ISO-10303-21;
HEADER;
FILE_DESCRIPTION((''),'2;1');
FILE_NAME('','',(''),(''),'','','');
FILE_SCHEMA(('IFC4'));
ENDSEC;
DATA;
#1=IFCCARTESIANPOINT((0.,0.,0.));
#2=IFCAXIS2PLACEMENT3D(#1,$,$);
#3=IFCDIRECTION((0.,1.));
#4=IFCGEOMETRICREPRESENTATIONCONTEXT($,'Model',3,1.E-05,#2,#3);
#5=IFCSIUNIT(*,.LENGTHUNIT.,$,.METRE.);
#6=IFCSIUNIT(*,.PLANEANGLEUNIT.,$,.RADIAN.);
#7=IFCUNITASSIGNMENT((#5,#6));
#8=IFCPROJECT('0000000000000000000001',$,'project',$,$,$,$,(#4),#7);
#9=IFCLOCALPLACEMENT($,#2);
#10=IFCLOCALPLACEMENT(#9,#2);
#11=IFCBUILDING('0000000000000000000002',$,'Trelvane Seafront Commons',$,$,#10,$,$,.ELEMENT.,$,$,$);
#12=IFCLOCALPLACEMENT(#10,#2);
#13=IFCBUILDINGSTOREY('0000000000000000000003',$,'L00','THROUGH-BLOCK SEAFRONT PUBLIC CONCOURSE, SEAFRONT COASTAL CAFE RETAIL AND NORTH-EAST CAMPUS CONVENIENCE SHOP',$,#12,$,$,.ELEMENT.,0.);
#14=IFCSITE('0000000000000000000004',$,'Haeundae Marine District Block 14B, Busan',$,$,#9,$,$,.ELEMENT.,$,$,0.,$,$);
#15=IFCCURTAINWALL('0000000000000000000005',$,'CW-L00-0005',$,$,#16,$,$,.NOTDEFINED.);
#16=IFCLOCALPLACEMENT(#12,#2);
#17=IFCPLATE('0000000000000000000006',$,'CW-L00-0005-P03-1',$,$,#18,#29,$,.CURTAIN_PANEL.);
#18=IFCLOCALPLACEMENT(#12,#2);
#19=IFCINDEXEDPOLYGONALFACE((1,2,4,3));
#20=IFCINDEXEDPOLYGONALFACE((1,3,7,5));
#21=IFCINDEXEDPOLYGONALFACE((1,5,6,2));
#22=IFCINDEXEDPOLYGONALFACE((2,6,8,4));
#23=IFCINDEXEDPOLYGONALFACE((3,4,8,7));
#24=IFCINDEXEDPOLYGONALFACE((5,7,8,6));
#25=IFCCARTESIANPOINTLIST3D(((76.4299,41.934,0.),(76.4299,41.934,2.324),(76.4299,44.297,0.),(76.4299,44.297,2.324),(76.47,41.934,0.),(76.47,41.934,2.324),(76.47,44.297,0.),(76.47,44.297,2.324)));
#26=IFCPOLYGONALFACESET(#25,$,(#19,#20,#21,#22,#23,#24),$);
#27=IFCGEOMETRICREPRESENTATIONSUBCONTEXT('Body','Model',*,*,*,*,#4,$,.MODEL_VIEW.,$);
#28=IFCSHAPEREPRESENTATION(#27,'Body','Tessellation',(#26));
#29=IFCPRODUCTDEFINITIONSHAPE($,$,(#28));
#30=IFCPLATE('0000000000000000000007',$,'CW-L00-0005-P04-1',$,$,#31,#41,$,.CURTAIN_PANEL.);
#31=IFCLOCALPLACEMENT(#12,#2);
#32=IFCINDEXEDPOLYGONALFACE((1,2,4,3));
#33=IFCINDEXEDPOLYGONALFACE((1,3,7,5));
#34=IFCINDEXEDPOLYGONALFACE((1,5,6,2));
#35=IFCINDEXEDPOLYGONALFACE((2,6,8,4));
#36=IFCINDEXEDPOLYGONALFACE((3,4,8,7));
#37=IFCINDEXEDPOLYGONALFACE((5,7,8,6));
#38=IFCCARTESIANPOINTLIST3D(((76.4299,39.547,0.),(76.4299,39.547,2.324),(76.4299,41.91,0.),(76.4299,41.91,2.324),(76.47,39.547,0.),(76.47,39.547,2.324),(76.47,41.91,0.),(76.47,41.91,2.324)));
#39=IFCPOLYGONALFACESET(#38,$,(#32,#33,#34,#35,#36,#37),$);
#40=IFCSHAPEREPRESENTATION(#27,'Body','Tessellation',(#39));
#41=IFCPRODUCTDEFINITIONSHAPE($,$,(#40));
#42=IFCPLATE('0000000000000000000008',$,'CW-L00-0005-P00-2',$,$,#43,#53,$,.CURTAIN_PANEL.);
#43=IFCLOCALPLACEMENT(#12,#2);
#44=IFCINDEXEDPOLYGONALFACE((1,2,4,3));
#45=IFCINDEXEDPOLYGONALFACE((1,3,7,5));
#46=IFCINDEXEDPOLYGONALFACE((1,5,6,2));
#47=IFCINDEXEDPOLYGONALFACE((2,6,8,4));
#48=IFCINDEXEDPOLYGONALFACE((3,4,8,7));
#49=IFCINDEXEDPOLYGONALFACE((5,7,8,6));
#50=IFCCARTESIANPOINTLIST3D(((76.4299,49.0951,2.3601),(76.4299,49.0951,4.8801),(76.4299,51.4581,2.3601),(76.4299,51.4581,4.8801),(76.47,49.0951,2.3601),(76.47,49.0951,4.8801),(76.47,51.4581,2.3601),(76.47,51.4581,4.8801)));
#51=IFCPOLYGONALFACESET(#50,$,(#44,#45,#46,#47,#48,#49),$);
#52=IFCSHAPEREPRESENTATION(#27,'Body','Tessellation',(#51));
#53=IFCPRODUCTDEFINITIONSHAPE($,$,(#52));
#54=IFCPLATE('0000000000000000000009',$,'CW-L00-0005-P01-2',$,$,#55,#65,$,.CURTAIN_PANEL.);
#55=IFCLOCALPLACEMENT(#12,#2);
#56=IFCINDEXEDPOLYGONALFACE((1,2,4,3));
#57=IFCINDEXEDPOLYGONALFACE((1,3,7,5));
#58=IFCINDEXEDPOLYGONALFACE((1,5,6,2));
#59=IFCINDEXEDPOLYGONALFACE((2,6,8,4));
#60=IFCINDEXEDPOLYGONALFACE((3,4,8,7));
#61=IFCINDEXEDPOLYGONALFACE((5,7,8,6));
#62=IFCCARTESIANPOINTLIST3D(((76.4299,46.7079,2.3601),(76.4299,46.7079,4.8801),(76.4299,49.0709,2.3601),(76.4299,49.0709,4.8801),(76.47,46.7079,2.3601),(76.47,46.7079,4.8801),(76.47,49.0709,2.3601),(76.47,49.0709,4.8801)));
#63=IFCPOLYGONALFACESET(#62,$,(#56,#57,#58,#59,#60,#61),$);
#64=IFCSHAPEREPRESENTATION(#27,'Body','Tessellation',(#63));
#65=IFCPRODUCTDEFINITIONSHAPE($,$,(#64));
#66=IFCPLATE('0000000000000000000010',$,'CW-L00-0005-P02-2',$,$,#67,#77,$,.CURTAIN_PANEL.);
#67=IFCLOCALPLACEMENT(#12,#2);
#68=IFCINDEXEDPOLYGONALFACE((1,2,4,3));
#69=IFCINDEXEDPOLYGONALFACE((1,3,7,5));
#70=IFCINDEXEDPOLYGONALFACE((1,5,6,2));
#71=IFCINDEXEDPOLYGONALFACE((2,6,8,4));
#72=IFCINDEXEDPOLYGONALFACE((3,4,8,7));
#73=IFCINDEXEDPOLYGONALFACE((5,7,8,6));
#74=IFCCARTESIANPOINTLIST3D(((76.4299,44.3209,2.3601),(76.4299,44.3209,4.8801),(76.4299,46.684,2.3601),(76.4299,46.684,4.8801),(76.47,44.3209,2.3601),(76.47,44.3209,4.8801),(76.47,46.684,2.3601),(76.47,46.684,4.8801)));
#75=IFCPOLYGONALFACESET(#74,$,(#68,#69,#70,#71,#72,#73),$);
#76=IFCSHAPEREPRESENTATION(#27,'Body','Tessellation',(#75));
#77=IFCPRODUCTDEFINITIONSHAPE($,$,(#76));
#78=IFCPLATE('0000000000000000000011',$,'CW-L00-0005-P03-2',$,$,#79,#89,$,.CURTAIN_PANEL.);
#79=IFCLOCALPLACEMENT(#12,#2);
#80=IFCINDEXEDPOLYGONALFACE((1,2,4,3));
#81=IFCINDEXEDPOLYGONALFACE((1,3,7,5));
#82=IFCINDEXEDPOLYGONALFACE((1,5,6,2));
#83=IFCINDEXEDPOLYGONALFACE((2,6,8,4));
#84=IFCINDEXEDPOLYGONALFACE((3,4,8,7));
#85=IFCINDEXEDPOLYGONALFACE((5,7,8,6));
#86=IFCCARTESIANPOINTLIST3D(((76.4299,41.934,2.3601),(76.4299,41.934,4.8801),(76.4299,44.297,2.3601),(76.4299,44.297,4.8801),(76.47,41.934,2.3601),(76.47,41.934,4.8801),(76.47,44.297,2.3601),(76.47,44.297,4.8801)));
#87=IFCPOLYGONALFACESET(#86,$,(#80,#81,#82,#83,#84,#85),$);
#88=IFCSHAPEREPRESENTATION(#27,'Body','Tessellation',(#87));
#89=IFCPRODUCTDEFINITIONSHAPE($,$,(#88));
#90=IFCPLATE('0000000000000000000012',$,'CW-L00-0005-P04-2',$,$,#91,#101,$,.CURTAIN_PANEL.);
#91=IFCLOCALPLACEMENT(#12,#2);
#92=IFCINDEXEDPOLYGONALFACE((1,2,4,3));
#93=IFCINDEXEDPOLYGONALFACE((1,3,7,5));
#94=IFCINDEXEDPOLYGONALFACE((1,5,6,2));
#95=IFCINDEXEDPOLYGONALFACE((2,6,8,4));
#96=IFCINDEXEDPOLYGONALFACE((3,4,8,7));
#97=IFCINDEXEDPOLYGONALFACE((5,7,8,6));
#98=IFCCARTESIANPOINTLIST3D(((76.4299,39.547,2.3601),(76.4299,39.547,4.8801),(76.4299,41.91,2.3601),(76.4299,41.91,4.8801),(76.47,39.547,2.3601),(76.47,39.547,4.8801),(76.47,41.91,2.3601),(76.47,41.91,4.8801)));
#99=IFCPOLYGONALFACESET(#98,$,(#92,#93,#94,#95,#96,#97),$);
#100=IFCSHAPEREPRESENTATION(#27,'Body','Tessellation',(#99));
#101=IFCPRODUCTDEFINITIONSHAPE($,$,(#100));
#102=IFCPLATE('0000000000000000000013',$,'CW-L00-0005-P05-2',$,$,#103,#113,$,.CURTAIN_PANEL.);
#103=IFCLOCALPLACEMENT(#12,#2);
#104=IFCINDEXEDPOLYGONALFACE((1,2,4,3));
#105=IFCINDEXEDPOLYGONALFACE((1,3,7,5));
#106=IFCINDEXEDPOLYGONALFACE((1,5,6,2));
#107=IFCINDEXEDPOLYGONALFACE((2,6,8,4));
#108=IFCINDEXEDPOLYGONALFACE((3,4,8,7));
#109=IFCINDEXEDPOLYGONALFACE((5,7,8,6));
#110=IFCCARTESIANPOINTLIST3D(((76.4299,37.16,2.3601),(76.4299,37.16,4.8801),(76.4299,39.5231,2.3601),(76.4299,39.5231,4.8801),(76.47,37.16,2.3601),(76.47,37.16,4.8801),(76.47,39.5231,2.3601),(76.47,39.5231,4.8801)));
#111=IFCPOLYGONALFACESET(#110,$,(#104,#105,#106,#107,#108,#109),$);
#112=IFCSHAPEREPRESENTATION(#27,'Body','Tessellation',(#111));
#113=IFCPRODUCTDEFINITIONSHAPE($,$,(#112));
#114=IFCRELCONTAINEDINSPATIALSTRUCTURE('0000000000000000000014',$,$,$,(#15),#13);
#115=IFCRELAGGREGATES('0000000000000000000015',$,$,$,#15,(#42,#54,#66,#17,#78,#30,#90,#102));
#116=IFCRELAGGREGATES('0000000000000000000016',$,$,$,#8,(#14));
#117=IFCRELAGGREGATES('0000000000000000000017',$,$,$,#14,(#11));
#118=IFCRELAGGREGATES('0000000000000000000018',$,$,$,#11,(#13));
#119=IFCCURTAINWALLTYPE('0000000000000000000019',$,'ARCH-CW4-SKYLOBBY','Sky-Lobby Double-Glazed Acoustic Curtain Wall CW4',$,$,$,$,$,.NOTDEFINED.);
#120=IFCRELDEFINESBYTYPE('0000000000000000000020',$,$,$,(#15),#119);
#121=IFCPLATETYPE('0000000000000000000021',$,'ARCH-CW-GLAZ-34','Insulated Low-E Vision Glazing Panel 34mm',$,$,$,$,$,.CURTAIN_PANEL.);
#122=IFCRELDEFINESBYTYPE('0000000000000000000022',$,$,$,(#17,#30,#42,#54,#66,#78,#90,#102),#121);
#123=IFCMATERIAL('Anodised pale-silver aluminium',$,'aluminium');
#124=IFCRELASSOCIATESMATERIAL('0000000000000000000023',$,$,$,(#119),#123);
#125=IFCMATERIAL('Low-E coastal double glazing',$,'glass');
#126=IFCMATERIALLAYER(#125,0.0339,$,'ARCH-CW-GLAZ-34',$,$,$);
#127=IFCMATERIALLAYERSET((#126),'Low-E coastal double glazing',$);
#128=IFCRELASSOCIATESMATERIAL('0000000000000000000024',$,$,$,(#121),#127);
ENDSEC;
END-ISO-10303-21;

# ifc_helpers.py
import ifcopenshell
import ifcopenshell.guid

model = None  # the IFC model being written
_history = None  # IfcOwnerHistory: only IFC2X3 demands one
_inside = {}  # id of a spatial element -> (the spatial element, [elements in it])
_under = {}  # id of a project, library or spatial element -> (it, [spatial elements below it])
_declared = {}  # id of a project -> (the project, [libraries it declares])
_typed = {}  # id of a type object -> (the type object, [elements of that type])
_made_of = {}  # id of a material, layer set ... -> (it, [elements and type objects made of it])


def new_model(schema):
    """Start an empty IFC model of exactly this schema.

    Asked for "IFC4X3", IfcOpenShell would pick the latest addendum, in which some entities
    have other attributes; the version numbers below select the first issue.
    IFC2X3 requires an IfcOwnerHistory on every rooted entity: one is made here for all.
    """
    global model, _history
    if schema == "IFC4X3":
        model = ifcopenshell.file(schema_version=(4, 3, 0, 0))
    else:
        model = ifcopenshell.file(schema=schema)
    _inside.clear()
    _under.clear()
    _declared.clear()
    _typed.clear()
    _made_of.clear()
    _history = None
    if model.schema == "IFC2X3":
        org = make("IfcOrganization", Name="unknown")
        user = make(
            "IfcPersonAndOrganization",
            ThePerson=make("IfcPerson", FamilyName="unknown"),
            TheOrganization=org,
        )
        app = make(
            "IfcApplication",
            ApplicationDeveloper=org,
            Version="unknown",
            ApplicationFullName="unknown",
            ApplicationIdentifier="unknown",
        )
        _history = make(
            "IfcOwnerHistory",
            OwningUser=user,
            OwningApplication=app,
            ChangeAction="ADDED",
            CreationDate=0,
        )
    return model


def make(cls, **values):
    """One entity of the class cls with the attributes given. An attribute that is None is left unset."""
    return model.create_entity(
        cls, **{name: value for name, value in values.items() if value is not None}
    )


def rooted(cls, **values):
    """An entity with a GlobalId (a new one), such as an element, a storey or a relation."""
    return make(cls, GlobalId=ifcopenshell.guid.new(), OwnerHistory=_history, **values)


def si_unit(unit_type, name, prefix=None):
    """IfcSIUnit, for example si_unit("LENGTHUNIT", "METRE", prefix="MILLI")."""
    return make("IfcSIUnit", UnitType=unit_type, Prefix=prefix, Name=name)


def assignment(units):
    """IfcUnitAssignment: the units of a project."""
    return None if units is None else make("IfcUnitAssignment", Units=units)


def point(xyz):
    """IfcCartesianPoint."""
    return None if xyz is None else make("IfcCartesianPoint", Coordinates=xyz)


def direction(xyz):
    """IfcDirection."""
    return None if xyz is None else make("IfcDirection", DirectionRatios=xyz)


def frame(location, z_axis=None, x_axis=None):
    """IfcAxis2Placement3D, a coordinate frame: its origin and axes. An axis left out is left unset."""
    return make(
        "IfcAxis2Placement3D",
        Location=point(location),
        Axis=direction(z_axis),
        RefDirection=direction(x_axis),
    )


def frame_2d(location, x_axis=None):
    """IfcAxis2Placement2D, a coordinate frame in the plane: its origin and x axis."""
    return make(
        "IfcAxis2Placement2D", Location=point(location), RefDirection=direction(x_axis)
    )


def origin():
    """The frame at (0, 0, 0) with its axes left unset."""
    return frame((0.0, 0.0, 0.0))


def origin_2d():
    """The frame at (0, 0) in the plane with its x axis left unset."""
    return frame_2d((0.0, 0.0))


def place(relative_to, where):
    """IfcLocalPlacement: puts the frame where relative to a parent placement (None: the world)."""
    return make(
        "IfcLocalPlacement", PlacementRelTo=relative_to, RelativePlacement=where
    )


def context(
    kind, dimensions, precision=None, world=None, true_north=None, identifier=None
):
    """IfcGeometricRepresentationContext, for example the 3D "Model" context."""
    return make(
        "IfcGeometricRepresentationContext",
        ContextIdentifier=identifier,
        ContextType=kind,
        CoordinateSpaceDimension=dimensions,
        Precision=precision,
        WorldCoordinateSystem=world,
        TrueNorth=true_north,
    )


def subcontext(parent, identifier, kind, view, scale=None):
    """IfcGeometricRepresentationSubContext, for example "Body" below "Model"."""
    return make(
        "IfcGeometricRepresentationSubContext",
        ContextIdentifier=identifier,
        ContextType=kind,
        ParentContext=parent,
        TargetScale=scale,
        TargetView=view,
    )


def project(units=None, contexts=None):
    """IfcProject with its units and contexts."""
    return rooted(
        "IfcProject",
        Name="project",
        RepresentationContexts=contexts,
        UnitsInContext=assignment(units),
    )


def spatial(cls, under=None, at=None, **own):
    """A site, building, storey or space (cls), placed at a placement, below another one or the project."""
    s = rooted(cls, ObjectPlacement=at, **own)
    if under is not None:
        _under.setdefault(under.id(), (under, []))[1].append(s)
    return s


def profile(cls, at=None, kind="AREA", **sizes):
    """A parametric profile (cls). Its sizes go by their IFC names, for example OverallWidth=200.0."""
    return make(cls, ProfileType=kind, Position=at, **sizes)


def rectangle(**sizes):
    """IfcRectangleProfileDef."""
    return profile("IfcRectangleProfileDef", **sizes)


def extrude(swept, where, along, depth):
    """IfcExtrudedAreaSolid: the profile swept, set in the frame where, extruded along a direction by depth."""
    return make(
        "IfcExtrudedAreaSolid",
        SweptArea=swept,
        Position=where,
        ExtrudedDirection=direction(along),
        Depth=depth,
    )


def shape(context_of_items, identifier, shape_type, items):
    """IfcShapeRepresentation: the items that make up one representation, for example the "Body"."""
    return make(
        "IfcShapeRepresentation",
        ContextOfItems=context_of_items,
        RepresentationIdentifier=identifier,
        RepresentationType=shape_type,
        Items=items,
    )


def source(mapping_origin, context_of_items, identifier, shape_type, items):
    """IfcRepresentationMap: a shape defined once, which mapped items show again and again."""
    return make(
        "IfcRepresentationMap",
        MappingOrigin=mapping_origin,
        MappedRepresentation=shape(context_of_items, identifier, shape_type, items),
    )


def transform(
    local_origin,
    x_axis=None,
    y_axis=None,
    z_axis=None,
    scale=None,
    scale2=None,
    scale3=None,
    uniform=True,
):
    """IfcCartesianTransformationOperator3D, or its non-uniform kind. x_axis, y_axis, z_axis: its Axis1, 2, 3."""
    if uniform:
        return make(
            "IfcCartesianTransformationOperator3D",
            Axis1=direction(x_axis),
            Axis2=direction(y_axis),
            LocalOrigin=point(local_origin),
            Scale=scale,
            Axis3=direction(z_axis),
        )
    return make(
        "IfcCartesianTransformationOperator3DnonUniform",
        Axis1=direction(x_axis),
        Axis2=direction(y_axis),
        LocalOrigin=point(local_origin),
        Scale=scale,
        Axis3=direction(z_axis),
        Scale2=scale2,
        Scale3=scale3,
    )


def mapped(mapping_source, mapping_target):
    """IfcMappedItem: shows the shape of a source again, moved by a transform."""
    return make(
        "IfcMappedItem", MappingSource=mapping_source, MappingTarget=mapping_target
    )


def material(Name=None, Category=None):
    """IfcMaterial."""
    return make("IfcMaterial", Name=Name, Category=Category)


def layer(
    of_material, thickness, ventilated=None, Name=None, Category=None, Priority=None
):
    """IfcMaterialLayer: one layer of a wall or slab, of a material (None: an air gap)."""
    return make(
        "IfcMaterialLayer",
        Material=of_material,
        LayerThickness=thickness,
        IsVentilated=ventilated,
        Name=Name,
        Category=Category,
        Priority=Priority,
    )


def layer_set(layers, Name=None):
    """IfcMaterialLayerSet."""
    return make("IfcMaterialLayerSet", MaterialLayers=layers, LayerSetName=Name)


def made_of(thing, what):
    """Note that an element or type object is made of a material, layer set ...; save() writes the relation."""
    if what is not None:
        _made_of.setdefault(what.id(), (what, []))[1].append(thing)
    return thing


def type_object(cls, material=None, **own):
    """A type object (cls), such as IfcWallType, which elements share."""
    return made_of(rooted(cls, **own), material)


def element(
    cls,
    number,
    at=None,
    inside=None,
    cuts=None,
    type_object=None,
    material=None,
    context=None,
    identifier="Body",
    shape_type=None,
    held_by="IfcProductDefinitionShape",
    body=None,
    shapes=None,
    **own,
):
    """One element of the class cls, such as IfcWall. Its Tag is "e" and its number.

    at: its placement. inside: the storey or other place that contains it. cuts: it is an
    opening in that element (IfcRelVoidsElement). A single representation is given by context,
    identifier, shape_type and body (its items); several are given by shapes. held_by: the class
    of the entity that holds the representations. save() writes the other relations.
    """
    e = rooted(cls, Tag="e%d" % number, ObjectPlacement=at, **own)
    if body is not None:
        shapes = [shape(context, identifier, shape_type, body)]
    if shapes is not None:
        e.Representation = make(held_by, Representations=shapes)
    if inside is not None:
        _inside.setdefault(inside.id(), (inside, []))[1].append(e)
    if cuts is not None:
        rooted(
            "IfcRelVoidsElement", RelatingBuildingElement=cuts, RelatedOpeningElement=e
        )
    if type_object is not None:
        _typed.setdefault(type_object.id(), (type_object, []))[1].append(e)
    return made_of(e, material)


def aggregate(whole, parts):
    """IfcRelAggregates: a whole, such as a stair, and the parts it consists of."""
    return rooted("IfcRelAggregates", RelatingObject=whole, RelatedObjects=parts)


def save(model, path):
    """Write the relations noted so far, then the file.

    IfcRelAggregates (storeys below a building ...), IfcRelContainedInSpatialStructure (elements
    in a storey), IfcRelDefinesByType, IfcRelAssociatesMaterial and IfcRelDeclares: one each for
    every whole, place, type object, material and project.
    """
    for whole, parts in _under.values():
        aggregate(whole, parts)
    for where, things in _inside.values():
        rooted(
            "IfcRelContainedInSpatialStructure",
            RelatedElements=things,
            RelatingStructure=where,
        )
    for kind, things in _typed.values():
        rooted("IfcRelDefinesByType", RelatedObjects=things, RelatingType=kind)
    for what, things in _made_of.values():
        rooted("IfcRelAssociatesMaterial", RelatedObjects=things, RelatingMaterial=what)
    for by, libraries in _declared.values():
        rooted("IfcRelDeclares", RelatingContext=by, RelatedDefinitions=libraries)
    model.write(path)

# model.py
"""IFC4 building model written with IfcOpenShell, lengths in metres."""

from ifc_helpers import new_model, si_unit, direction, frame, origin, origin_2d, place, context, subcontext, project, spatial, rectangle, extrude, source, transform, mapped, material, layer, layer_set, type_object, element, aggregate, save


model = new_model("IFC4")

# Units and contexts
model_context = context("Model", 3, precision=1e-05, world=origin(), true_north=direction((0.0, 1.0)))
body_context = subcontext(model_context, "Body", "Model", "MODEL_VIEW")
ifc_project = project(units=[si_unit("LENGTHUNIT", "METRE"), si_unit("PLANEANGLEUNIT", "RADIAN")], contexts=[model_context])

# Site, building, storey
site_placement = place(None, origin())
site = spatial("IfcSite", under=ifc_project, at=site_placement, Name="Haeundae Marine District Block 14B, Busan", CompositionType="ELEMENT", RefElevation=0.0)
building_placement = place(site_placement, origin())
building = spatial("IfcBuilding", under=site, at=building_placement, Name="Trelvane Seafront Commons", CompositionType="ELEMENT")
storey_placement = place(building_placement, origin())
storey = spatial("IfcBuildingStorey", under=building, at=storey_placement, Name="L00", Description="THROUGH-BLOCK SEAFRONT PUBLIC CONCOURSE, SEAFRONT COASTAL CAFE RETAIL AND NORTH-EAST CAMPUS CONVENIENCE SHOP", CompositionType="ELEMENT", Elevation=0.0)

# Curtain wall, plates
ifc_material_1 = material(Name="Anodised pale-silver aluminium", Category="aluminium")
curtain_wall_type = type_object("IfcCurtainWallType", Name="ARCH-CW4-SKYLOBBY", Description="Sky-Lobby Double-Glazed Acoustic Curtain Wall CW4", PredefinedType="NOTDEFINED", material=ifc_material_1)
curtain_wall_placement = place(storey_placement, origin())
curtain_wall = element("IfcCurtainWall", 1, at=curtain_wall_placement, inside=storey, type_object=curtain_wall_type, Name="CW-L00-0005", PredefinedType="NOTDEFINED")
ifc_material_2 = material(Name="Low-E coastal double glazing", Category="glass")
ifc_layer = layer(ifc_material_2, 0.0339, Name="ARCH-CW-GLAZ-34")
ifc_layer_set = layer_set([ifc_layer], Name="Low-E coastal double glazing")
plate_type = type_object("IfcPlateType", Name="ARCH-CW-GLAZ-34", Description="Insulated Low-E Vision Glazing Panel 34mm", PredefinedType="CURTAIN_PANEL", material=ifc_layer_set)
shared_shape_1 = source(origin(), body_context, "Body", "SweptSolid", [
    extrude(rectangle(XDim=2.363, YDim=0.04, at=origin_2d()), origin(), (0.0, 0.0, 1.0), 2.324),
])
plate_1_placement = place(storey_placement, frame((76.45, 43.1155, 0.0), z_axis=(0.0, 0.0, 1.0), x_axis=(0.0, -1.0, 0.0)))
plate_1 = element("IfcPlate", 2, at=plate_1_placement, type_object=plate_type, Name="CW-L00-0005-P03-1", PredefinedType="CURTAIN_PANEL", context=body_context, shape_type="MappedRepresentation", body=[
    mapped(shared_shape_1, transform((0.0, 0.0, 0.0), x_axis=(1.0, 0.0, 0.0), y_axis=(0.0, 1.0, 0.0), z_axis=(0.0, 0.0, 1.0), scale=1.0)),
])
plate_2_placement = place(storey_placement, frame((76.45, 40.7285, 0.0), z_axis=(0.0, 0.0, 1.0), x_axis=(0.0, -1.0, 0.0)))
plate_2 = element("IfcPlate", 3, at=plate_2_placement, type_object=plate_type, Name="CW-L00-0005-P04-1", PredefinedType="CURTAIN_PANEL", context=body_context, shape_type="MappedRepresentation", body=[
    mapped(shared_shape_1, transform((0.0, 0.0, 0.0), x_axis=(1.0, 0.0, 0.0), y_axis=(0.0, 1.0, 0.0), z_axis=(0.0, 0.0, 1.0), scale=1.0)),
])
shared_shape_2 = source(origin(), body_context, "Body", "SweptSolid", [
    extrude(rectangle(XDim=2.363, YDim=0.04, at=origin_2d()), origin(), (0.0, 0.0, 1.0), 2.52),
])
plate_3_placement = place(storey_placement, frame((76.45, 50.2766, 2.3601), z_axis=(0.0, 0.0, 1.0), x_axis=(0.0, -1.0, 0.0)))
plate_3 = element("IfcPlate", 4, at=plate_3_placement, type_object=plate_type, Name="CW-L00-0005-P00-2", PredefinedType="CURTAIN_PANEL", context=body_context, shape_type="MappedRepresentation", body=[
    mapped(shared_shape_2, transform((0.0, 0.0, 0.0), x_axis=(1.0, 0.0, 0.0), y_axis=(0.0, 1.0, 0.0), z_axis=(0.0, 0.0, 1.0), scale=1.0)),
])
plate_4_placement = place(storey_placement, frame((76.45, 47.8894, 2.3601), z_axis=(0.0, 0.0, 1.0), x_axis=(0.0, -1.0, 0.0)))
plate_4 = element("IfcPlate", 5, at=plate_4_placement, type_object=plate_type, Name="CW-L00-0005-P01-2", PredefinedType="CURTAIN_PANEL", context=body_context, shape_type="MappedRepresentation", body=[
    mapped(shared_shape_2, transform((0.0, 0.0, 0.0), x_axis=(1.0, 0.0, 0.0), y_axis=(0.0, 1.0, 0.0), z_axis=(0.0, 0.0, 1.0), scale=1.0)),
])
plate_5_placement = place(storey_placement, frame((76.45, 45.5024, 2.3601), z_axis=(0.0, 0.0, 1.0), x_axis=(0.0, -1.0, 0.0)))
plate_5 = element("IfcPlate", 6, at=plate_5_placement, type_object=plate_type, Name="CW-L00-0005-P02-2", PredefinedType="CURTAIN_PANEL", context=body_context, shape_type="MappedRepresentation", body=[
    mapped(shared_shape_2, transform((0.0, 0.0, 0.0), x_axis=(1.0, 0.0, 0.0), y_axis=(0.0, 1.0, 0.0), z_axis=(0.0, 0.0, 1.0), scale=1.0)),
])
plate_6_placement = place(storey_placement, frame((76.45, 43.1155, 2.3601), z_axis=(0.0, 0.0, 1.0), x_axis=(0.0, -1.0, 0.0)))
plate_6 = element("IfcPlate", 7, at=plate_6_placement, type_object=plate_type, Name="CW-L00-0005-P03-2", PredefinedType="CURTAIN_PANEL", context=body_context, shape_type="MappedRepresentation", body=[
    mapped(shared_shape_2, transform((0.0, 0.0, 0.0), x_axis=(1.0, 0.0, 0.0), y_axis=(0.0, 1.0, 0.0), z_axis=(0.0, 0.0, 1.0), scale=1.0)),
])
plate_7_placement = place(storey_placement, frame((76.45, 40.7285, 2.3601), z_axis=(0.0, 0.0, 1.0), x_axis=(0.0, -1.0, 0.0)))
plate_7 = element("IfcPlate", 8, at=plate_7_placement, type_object=plate_type, Name="CW-L00-0005-P04-2", PredefinedType="CURTAIN_PANEL", context=body_context, shape_type="MappedRepresentation", body=[
    mapped(shared_shape_2, transform((0.0, 0.0, 0.0), x_axis=(1.0, 0.0, 0.0), y_axis=(0.0, 1.0, 0.0), z_axis=(0.0, 0.0, 1.0), scale=1.0)),
])
plate_8_placement = place(storey_placement, frame((76.45, 38.3416, 2.3601), z_axis=(0.0, 0.0, 1.0), x_axis=(0.0, -1.0, 0.0)))
plate_8 = element("IfcPlate", 9, at=plate_8_placement, type_object=plate_type, Name="CW-L00-0005-P05-2", PredefinedType="CURTAIN_PANEL", context=body_context, shape_type="MappedRepresentation", body=[
    mapped(shared_shape_2, transform((0.0, 0.0, 0.0), x_axis=(1.0, 0.0, 0.0), y_axis=(0.0, 1.0, 0.0), z_axis=(0.0, 0.0, 1.0), scale=1.0)),
])
aggregate(curtain_wall, [plate_3, plate_4, plate_5, plate_1, plate_6, plate_2, plate_7, plate_8])

save(model, "model.ifc")
